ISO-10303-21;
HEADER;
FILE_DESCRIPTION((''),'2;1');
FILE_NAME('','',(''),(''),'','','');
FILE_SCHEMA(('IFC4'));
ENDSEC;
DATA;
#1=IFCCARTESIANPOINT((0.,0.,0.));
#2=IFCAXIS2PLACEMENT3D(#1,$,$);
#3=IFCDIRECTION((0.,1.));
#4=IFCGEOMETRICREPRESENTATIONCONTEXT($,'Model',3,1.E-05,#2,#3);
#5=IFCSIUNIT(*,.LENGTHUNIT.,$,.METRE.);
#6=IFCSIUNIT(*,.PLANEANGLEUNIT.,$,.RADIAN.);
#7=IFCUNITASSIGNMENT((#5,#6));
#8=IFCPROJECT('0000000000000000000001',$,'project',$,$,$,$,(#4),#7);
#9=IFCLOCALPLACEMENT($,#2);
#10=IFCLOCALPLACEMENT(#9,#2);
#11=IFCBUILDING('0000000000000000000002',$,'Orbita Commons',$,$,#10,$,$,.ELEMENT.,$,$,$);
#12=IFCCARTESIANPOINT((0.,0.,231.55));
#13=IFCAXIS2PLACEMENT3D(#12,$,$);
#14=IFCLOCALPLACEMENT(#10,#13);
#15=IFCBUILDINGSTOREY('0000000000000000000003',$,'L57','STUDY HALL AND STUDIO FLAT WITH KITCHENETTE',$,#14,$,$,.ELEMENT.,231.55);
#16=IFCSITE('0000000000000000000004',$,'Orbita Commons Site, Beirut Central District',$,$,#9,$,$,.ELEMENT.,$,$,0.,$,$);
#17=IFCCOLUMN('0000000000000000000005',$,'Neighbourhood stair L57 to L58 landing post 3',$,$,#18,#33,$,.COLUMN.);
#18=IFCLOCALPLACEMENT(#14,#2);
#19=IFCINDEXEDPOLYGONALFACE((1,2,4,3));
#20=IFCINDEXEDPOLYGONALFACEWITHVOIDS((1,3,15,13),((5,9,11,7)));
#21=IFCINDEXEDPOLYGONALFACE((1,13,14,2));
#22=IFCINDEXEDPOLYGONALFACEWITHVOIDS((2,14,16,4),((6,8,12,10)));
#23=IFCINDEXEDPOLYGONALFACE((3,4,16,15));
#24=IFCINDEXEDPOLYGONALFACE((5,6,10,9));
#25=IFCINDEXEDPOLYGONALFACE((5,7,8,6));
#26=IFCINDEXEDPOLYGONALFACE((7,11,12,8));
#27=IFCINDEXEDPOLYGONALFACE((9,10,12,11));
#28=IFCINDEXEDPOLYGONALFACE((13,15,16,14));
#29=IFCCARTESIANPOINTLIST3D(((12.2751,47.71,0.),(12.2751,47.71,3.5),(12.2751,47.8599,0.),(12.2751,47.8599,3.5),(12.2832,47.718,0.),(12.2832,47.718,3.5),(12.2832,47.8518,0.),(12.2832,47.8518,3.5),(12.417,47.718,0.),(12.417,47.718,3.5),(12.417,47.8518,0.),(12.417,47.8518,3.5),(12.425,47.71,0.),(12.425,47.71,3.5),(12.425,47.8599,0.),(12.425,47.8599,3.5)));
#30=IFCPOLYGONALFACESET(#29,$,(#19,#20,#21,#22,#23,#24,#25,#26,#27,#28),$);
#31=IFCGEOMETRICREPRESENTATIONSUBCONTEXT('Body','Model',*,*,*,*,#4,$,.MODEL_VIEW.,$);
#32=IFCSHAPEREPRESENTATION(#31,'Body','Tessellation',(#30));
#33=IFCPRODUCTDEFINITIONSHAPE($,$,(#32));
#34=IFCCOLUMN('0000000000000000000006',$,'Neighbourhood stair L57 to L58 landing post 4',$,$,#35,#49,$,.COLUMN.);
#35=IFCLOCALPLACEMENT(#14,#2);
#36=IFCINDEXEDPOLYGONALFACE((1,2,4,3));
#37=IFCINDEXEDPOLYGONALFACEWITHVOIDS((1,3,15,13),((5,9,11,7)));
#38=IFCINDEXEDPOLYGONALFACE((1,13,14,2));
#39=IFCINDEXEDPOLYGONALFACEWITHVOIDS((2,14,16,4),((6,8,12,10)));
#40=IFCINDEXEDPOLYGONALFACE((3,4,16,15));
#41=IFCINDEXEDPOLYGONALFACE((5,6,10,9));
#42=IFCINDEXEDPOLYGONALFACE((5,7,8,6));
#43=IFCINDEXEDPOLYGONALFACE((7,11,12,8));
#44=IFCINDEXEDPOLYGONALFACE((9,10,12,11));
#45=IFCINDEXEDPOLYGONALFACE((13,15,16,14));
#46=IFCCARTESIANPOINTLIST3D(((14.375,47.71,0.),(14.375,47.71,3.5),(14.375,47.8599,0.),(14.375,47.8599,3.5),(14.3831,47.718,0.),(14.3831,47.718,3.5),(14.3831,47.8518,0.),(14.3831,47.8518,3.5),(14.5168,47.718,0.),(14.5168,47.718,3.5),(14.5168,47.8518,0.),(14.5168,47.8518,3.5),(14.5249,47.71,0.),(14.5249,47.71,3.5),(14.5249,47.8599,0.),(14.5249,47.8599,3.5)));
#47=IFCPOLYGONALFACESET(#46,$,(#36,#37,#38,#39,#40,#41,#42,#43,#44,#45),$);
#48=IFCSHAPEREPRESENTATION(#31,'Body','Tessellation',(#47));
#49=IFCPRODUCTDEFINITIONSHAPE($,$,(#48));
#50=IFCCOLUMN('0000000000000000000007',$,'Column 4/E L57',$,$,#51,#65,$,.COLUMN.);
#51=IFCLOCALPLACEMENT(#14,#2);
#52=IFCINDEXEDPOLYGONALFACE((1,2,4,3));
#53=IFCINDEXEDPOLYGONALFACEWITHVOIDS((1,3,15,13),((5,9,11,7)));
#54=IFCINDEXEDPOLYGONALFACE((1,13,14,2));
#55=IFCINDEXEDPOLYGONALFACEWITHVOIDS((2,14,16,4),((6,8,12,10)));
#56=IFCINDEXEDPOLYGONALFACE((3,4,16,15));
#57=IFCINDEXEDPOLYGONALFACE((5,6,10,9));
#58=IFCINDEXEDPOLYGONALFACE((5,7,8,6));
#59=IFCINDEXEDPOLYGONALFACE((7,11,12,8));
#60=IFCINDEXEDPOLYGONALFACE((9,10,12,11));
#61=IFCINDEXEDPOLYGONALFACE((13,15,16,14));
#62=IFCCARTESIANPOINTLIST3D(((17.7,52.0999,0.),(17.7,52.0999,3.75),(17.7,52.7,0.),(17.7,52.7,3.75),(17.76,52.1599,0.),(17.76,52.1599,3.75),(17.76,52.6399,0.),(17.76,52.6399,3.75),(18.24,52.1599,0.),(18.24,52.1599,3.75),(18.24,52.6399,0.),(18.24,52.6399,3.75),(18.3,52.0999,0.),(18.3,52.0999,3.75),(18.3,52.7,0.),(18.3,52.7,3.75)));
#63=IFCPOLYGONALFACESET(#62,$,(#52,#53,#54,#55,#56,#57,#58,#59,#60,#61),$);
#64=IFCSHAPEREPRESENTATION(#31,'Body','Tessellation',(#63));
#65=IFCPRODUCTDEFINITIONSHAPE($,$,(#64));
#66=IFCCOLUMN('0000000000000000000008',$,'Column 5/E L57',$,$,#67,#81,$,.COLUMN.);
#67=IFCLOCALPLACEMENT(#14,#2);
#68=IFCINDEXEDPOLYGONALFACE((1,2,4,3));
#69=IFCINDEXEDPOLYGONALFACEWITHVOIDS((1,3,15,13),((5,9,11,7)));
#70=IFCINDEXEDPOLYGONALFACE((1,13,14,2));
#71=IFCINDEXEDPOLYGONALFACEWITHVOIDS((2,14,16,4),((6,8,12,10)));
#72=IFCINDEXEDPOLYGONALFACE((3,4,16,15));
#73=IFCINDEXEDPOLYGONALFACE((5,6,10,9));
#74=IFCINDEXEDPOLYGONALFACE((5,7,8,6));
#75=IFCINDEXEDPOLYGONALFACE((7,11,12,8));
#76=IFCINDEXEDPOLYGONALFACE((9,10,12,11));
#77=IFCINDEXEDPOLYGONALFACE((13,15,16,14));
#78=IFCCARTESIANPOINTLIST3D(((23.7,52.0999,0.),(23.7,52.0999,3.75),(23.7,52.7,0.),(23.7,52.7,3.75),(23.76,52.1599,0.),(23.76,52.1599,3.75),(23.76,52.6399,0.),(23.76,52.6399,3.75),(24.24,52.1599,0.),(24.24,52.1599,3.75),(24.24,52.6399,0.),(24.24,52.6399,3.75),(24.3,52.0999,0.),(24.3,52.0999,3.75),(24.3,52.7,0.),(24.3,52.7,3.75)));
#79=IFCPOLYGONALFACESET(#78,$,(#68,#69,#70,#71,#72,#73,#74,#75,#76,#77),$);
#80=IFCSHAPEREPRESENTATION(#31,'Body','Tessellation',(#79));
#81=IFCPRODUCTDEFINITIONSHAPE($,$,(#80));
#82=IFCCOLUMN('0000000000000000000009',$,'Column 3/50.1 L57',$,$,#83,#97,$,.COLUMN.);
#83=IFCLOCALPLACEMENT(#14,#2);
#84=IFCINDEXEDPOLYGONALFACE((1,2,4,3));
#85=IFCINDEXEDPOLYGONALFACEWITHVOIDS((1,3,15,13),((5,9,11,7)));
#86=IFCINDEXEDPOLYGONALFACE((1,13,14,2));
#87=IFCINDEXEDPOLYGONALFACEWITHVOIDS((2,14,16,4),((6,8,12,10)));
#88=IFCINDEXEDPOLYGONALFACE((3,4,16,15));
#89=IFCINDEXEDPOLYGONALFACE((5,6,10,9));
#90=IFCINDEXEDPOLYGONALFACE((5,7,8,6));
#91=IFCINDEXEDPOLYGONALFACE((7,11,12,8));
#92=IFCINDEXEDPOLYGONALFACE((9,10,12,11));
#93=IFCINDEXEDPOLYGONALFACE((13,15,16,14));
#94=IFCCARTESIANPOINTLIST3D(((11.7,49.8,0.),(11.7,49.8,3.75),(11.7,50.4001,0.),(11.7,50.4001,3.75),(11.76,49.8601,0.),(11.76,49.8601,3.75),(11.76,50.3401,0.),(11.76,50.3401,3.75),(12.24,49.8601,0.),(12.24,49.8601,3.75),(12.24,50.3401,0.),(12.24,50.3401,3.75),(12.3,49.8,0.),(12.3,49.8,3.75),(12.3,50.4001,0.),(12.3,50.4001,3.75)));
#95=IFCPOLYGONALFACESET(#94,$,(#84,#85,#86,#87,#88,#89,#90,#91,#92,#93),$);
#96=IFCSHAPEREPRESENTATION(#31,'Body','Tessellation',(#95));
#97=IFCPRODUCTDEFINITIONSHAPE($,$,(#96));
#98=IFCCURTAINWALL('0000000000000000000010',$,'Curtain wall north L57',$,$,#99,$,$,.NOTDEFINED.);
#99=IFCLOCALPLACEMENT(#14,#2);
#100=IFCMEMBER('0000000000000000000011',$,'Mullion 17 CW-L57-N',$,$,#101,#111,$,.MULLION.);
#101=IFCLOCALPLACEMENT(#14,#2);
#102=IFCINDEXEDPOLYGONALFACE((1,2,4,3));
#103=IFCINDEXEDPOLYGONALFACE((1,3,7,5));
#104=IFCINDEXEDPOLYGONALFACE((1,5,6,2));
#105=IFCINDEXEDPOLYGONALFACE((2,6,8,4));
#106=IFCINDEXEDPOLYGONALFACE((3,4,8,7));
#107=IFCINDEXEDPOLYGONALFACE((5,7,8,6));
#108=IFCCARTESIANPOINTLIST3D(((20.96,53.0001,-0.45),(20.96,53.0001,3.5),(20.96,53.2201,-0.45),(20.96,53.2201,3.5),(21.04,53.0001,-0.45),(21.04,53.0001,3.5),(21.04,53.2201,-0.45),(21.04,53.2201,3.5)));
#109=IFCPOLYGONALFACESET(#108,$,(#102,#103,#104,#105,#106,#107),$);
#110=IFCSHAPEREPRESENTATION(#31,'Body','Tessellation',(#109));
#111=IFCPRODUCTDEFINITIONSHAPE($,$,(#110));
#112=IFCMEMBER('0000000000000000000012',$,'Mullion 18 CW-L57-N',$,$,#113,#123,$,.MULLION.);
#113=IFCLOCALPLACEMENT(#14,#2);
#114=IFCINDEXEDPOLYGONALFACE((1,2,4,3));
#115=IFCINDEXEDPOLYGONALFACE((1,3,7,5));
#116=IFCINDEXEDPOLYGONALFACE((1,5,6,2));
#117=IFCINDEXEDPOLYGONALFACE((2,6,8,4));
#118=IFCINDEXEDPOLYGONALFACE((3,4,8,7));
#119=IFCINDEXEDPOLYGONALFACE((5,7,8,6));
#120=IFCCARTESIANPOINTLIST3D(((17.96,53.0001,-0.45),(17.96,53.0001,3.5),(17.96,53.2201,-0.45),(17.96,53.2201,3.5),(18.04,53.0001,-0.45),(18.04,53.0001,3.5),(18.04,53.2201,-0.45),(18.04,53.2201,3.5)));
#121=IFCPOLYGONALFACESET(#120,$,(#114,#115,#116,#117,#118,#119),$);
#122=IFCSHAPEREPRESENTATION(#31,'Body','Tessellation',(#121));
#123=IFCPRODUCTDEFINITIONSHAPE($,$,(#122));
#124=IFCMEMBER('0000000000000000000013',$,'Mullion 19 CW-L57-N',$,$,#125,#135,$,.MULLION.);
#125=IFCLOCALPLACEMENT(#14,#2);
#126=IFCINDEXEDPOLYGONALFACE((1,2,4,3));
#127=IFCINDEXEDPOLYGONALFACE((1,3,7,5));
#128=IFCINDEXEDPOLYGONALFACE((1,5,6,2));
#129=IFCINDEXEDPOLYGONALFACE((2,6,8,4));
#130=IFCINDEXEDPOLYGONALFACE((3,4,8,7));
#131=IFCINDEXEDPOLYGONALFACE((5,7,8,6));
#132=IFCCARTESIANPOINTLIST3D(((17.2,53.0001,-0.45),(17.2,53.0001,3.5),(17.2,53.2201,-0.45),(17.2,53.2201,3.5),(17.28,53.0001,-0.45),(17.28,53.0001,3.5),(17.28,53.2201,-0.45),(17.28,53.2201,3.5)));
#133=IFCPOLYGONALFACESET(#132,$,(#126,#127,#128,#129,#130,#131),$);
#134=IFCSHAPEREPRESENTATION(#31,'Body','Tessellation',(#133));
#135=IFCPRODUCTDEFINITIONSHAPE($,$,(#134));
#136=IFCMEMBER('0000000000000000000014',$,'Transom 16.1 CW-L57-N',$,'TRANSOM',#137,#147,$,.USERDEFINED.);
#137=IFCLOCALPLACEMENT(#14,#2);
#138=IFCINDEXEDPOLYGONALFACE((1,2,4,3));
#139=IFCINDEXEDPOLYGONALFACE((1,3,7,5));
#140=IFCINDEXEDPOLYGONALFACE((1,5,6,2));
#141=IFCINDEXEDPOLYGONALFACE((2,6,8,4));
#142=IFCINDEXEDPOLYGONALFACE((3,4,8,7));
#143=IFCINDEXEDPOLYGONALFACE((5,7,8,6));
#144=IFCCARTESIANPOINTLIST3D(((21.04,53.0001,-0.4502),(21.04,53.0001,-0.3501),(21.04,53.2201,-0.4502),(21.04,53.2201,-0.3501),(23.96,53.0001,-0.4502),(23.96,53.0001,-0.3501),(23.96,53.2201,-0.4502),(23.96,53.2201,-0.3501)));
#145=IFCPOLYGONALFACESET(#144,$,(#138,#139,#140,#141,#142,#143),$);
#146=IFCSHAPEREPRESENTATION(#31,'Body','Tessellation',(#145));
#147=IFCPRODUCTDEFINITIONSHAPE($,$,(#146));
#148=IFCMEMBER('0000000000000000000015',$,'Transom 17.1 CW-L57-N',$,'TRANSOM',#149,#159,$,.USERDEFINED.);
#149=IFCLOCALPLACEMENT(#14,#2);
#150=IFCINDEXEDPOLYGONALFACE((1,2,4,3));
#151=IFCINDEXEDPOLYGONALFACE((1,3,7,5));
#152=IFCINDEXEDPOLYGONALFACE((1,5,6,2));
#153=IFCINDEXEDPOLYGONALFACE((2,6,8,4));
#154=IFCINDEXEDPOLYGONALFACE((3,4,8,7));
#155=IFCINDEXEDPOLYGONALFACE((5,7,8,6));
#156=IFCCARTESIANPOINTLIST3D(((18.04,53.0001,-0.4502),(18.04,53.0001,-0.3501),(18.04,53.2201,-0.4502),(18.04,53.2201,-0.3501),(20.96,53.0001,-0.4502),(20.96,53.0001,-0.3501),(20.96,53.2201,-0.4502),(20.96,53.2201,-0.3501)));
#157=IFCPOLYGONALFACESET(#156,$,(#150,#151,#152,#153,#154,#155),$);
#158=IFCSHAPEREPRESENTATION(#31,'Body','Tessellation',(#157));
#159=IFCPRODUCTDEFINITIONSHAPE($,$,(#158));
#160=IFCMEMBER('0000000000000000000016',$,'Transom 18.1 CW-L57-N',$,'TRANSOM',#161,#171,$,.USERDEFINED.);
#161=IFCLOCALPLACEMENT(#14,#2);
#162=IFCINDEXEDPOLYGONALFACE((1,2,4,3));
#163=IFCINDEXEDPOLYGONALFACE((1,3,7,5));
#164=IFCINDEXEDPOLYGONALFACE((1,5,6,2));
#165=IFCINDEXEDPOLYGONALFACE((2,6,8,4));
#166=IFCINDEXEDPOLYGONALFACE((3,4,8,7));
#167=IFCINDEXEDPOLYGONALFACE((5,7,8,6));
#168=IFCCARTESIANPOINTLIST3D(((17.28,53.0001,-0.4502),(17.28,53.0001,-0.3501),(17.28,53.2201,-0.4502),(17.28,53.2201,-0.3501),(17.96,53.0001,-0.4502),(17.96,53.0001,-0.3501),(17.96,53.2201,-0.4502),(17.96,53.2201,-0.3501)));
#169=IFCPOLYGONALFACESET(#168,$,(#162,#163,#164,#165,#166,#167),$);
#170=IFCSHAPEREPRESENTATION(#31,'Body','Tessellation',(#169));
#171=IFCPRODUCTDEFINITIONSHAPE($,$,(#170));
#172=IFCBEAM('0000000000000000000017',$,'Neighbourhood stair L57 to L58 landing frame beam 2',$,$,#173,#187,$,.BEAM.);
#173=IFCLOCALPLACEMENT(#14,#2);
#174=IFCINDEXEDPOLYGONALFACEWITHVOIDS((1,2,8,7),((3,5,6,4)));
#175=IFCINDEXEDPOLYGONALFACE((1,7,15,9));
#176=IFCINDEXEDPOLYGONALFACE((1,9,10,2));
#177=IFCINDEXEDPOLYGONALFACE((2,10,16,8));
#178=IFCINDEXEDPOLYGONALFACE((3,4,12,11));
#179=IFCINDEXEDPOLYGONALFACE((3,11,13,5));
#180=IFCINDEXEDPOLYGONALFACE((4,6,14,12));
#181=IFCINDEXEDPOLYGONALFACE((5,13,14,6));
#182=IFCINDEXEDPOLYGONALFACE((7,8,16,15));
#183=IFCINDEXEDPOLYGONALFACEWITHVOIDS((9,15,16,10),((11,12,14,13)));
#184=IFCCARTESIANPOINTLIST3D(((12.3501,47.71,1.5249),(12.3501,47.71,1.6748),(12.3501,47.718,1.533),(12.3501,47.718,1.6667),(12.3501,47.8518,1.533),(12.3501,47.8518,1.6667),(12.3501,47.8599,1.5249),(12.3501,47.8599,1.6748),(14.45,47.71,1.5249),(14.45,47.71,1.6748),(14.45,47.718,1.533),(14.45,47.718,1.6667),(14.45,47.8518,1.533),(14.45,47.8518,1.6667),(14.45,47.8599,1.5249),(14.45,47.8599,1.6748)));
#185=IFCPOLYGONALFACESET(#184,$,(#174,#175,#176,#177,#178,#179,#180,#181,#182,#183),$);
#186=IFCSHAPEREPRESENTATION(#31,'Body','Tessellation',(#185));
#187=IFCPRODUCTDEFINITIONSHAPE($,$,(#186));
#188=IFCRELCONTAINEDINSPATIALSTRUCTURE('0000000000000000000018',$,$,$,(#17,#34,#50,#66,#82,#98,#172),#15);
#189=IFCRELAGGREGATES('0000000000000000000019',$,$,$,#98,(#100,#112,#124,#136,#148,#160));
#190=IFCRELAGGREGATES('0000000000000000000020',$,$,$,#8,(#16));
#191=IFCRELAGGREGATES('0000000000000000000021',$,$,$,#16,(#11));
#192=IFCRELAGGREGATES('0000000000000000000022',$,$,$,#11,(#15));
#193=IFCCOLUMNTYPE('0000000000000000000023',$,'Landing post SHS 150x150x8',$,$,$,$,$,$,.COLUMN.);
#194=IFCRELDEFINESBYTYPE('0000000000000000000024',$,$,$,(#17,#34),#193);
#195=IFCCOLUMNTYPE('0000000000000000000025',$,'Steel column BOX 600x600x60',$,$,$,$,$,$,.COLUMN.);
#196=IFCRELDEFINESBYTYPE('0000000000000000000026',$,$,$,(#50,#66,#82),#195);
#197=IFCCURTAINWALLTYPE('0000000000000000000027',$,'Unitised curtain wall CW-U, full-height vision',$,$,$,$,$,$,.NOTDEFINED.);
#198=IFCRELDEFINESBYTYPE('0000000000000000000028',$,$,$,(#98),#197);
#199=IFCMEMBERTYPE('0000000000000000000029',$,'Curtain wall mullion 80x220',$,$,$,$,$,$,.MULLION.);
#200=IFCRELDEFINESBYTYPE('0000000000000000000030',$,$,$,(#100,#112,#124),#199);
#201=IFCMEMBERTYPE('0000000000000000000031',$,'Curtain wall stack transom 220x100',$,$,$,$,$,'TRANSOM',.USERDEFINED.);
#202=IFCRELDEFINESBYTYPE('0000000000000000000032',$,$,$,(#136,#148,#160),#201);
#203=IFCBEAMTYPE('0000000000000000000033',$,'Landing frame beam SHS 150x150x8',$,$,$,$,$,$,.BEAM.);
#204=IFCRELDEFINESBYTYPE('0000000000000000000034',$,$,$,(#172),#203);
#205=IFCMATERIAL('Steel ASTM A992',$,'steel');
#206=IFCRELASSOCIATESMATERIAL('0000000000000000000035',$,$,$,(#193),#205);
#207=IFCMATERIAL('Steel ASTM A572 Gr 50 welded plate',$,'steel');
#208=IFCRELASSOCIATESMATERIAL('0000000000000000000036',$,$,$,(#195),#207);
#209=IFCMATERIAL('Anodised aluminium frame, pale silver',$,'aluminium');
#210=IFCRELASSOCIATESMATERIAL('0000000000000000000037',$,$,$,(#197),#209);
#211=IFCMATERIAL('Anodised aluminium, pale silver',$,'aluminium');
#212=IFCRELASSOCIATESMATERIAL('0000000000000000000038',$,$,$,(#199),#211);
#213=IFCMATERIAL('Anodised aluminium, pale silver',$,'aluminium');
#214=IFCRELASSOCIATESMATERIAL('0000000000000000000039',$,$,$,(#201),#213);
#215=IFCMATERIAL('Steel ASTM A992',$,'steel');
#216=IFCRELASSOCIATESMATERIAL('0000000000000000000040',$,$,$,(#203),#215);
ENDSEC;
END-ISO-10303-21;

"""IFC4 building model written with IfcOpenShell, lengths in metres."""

from ifc_helpers import new_model, si_unit, direction, frame, origin, origin_2d, place, context, subcontext, project, spatial, rectangle, hollow_rectangle, extrude, material, material_profile, profile_set, type_object, element, aggregate, save


model = new_model("IFC4")

# Units and contexts
model_context = context("Model", 3, precision=1e-05, world=origin(), true_north=direction((0.0, 1.0)))
body_context = subcontext(model_context, "Body", "Model", "MODEL_VIEW")
ifc_project = project(units=[si_unit("LENGTHUNIT", "METRE"), si_unit("PLANEANGLEUNIT", "RADIAN")], contexts=[model_context])

# Site, building, storey
site_placement = place(None, origin())
site = spatial("IfcSite", under=ifc_project, at=site_placement, Name="Orbita Commons Site, Beirut Central District", CompositionType="ELEMENT", RefElevation=0.0)
building_placement = place(site_placement, origin())
building = spatial("IfcBuilding", under=site, at=building_placement, Name="Orbita Commons", CompositionType="ELEMENT")
storey_placement = place(building_placement, frame((0.0, 0.0, 231.55)))
storey = spatial("IfcBuildingStorey", under=building, at=storey_placement, Name="L57", Description="STUDY HALL AND STUDIO FLAT WITH KITCHENETTE", CompositionType="ELEMENT", Elevation=231.55)

# Columns
ifc_material_1 = material(Name="Steel ASTM A992", Category="steel")
ifc_material_profile_1 = material_profile(ifc_material_1, hollow_rectangle(XDim=0.1499, YDim=0.1499, WallThickness=0.0081, at=origin_2d()), Name="SHS 150x150x8")
ifc_profile_set_1 = profile_set([ifc_material_profile_1], Name="Steel ASTM A992")
column_type_1 = type_object("IfcColumnType", Name="Landing post SHS 150x150x8", PredefinedType="COLUMN", material=ifc_profile_set_1)
for number, where, z_axis, x_axis, name in (
    (1, (12.3501, 47.7849, 0.0), (0.0, 0.0, 1.0), (1.0, 0.0, 0.0), "Neighbourhood stair L57 to L58 landing post 3"),
    (2, (14.45, 47.7849, 0.0), (0.0, 0.0, 1.0), (1.0, 0.0, 0.0), "Neighbourhood stair L57 to L58 landing post 4"),
):
    element("IfcColumn", number, at=place(storey_placement, frame(where, z_axis=z_axis, x_axis=x_axis)), inside=storey, type_object=column_type_1, Name=name, PredefinedType="COLUMN", context=body_context, shape_type="SweptSolid", body=[
        extrude(hollow_rectangle(XDim=0.1499, YDim=0.1499, WallThickness=0.0081, at=origin_2d()), origin(), (0.0, 0.0, 1.0), 3.5),
    ])
ifc_material_2 = material(Name="Steel ASTM A572 Gr 50 welded plate", Category="steel")
ifc_material_profile_2 = material_profile(ifc_material_2, hollow_rectangle(XDim=0.6001, YDim=0.6001, WallThickness=0.0601, at=origin_2d()), Name="BOX 600x600x60")
ifc_profile_set_2 = profile_set([ifc_material_profile_2], Name="Steel ASTM A572 Gr 50 welded plate")
column_type_2 = type_object("IfcColumnType", Name="Steel column BOX 600x600x60", PredefinedType="COLUMN", material=ifc_profile_set_2)
for number, where, z_axis, x_axis, name in (
    (3, (18.0, 52.3999, 0.0), (0.0, 0.0, 1.0), (1.0, 0.0, 0.0), "Column 4/E L57"),
    (4, (24.0, 52.3999, 0.0), (0.0, 0.0, 1.0), (1.0, 0.0, 0.0), "Column 5/E L57"),
    (5, (12.0, 50.1001, 0.0), (0.0, 0.0, 1.0), (1.0, 0.0, 0.0), "Column 3/50.1 L57"),
):
    element("IfcColumn", number, at=place(storey_placement, frame(where, z_axis=z_axis, x_axis=x_axis)), inside=storey, type_object=column_type_2, Name=name, PredefinedType="COLUMN", context=body_context, shape_type="SweptSolid", body=[
        extrude(hollow_rectangle(XDim=0.6001, YDim=0.6001, WallThickness=0.0601, at=origin_2d()), origin(), (0.0, 0.0, 1.0), 3.75),
    ])

# Curtain wall, members
ifc_material_3 = material(Name="Anodised aluminium frame, pale silver", Category="aluminium")
curtain_wall_type = type_object("IfcCurtainWallType", Name="Unitised curtain wall CW-U, full-height vision", PredefinedType="NOTDEFINED", material=ifc_material_3)
curtain_wall_placement = place(storey_placement, origin())
curtain_wall = element("IfcCurtainWall", 6, at=curtain_wall_placement, inside=storey, type_object=curtain_wall_type, Name="Curtain wall north L57", PredefinedType="NOTDEFINED")
ifc_material_4 = material(Name="Anodised aluminium, pale silver", Category="aluminium")
ifc_material_profile_3 = material_profile(ifc_material_4, rectangle(XDim=0.0801, YDim=0.22, at=origin_2d()), Name="AL 80x220")
ifc_profile_set_3 = profile_set([ifc_material_profile_3], Name="Anodised aluminium, pale silver")
member_type_1 = type_object("IfcMemberType", Name="Curtain wall mullion 80x220", PredefinedType="MULLION", material=ifc_profile_set_3)
member_1_placement = place(storey_placement, frame((21.0, 53.1101, -0.45), z_axis=(0.0, 0.0, 1.0), x_axis=(-1.0, 0.0, 0.0)))
member_1 = element("IfcMember", 7, at=member_1_placement, type_object=member_type_1, Name="Mullion 17 CW-L57-N", PredefinedType="MULLION", context=body_context, shape_type="SweptSolid", body=[
    extrude(rectangle(XDim=0.0801, YDim=0.22, at=origin_2d()), origin(), (0.0, 0.0, 1.0), 3.95),
])
member_2_placement = place(storey_placement, frame((18.0, 53.1101, -0.45), z_axis=(0.0, 0.0, 1.0), x_axis=(-1.0, 0.0, 0.0)))
member_2 = element("IfcMember", 8, at=member_2_placement, type_object=member_type_1, Name="Mullion 18 CW-L57-N", PredefinedType="MULLION", context=body_context, shape_type="SweptSolid", body=[
    extrude(rectangle(XDim=0.0801, YDim=0.22, at=origin_2d()), origin(), (0.0, 0.0, 1.0), 3.95),
])
member_3_placement = place(storey_placement, frame((17.24, 53.1101, -0.45), z_axis=(0.0, 0.0, 1.0), x_axis=(-1.0, 0.0, 0.0)))
member_3 = element("IfcMember", 9, at=member_3_placement, type_object=member_type_1, Name="Mullion 19 CW-L57-N", PredefinedType="MULLION", context=body_context, shape_type="SweptSolid", body=[
    extrude(rectangle(XDim=0.0801, YDim=0.22, at=origin_2d()), origin(), (0.0, 0.0, 1.0), 3.95),
])
ifc_material_5 = material(Name="Anodised aluminium, pale silver", Category="aluminium")
ifc_material_profile_4 = material_profile(ifc_material_5, rectangle(XDim=0.22, YDim=0.1001, at=origin_2d()), Name="AL 220x100")
ifc_profile_set_4 = profile_set([ifc_material_profile_4], Name="Anodised aluminium, pale silver")
member_type_2 = type_object("IfcMemberType", Name="Curtain wall stack transom 220x100", ElementType="TRANSOM", PredefinedType="USERDEFINED", material=ifc_profile_set_4)
member_4_placement = place(storey_placement, frame((23.96, 53.1101, -0.4001), z_axis=(-1.0, 0.0, 0.0), x_axis=(0.0, -1.0, 0.0)))
member_4 = element("IfcMember", 10, at=member_4_placement, type_object=member_type_2, Name="Transom 16.1 CW-L57-N", ObjectType="TRANSOM", PredefinedType="USERDEFINED", context=body_context, shape_type="SweptSolid", body=[
    extrude(rectangle(XDim=0.22, YDim=0.1001, at=origin_2d()), origin(), (0.0, 0.0, 1.0), 2.9199),
])
member_5_placement = place(storey_placement, frame((20.96, 53.1101, -0.4001), z_axis=(-1.0, 0.0, 0.0), x_axis=(0.0, -1.0, 0.0)))
member_5 = element("IfcMember", 11, at=member_5_placement, type_object=member_type_2, Name="Transom 17.1 CW-L57-N", ObjectType="TRANSOM", PredefinedType="USERDEFINED", context=body_context, shape_type="SweptSolid", body=[
    extrude(rectangle(XDim=0.22, YDim=0.1001, at=origin_2d()), origin(), (0.0, 0.0, 1.0), 2.9199),
])
member_6_placement = place(storey_placement, frame((17.96, 53.1101, -0.4001), z_axis=(-1.0, 0.0, 0.0), x_axis=(0.0, -1.0, 0.0)))
member_6 = element("IfcMember", 12, at=member_6_placement, type_object=member_type_2, Name="Transom 18.1 CW-L57-N", ObjectType="TRANSOM", PredefinedType="USERDEFINED", context=body_context, shape_type="SweptSolid", body=[
    extrude(rectangle(XDim=0.22, YDim=0.1001, at=origin_2d()), origin(), (0.0, 0.0, 1.0), 0.6799),
])

# Beam
ifc_material_6 = material(Name="Steel ASTM A992", Category="steel")
ifc_material_profile_5 = material_profile(ifc_material_6, hollow_rectangle(XDim=0.1499, YDim=0.1499, WallThickness=0.0081, at=origin_2d()), Name="SHS 150x150x8")
ifc_profile_set_5 = profile_set([ifc_material_profile_5], Name="Steel ASTM A992")
beam_type_1 = type_object("IfcBeamType", Name="Landing frame beam SHS 150x150x8", PredefinedType="BEAM", material=ifc_profile_set_5)
beam_placement = place(storey_placement, frame((12.3501, 47.7849, 1.5999), z_axis=(1.0, 0.0, 0.0), x_axis=(0.0, 1.0, 0.0)))
element("IfcBeam", 13, at=beam_placement, inside=storey, type_object=beam_type_1, Name="Neighbourhood stair L57 to L58 landing frame beam 2", PredefinedType="BEAM", context=body_context, shape_type="SweptSolid", body=[
    extrude(hollow_rectangle(XDim=0.1499, YDim=0.1499, WallThickness=0.0081, at=origin_2d()), origin(), (0.0, 0.0, 1.0), 2.0999),
])

aggregate(curtain_wall, [member_1, member_2, member_3, member_4, member_5, member_6])

save(model, "model.ifc")
